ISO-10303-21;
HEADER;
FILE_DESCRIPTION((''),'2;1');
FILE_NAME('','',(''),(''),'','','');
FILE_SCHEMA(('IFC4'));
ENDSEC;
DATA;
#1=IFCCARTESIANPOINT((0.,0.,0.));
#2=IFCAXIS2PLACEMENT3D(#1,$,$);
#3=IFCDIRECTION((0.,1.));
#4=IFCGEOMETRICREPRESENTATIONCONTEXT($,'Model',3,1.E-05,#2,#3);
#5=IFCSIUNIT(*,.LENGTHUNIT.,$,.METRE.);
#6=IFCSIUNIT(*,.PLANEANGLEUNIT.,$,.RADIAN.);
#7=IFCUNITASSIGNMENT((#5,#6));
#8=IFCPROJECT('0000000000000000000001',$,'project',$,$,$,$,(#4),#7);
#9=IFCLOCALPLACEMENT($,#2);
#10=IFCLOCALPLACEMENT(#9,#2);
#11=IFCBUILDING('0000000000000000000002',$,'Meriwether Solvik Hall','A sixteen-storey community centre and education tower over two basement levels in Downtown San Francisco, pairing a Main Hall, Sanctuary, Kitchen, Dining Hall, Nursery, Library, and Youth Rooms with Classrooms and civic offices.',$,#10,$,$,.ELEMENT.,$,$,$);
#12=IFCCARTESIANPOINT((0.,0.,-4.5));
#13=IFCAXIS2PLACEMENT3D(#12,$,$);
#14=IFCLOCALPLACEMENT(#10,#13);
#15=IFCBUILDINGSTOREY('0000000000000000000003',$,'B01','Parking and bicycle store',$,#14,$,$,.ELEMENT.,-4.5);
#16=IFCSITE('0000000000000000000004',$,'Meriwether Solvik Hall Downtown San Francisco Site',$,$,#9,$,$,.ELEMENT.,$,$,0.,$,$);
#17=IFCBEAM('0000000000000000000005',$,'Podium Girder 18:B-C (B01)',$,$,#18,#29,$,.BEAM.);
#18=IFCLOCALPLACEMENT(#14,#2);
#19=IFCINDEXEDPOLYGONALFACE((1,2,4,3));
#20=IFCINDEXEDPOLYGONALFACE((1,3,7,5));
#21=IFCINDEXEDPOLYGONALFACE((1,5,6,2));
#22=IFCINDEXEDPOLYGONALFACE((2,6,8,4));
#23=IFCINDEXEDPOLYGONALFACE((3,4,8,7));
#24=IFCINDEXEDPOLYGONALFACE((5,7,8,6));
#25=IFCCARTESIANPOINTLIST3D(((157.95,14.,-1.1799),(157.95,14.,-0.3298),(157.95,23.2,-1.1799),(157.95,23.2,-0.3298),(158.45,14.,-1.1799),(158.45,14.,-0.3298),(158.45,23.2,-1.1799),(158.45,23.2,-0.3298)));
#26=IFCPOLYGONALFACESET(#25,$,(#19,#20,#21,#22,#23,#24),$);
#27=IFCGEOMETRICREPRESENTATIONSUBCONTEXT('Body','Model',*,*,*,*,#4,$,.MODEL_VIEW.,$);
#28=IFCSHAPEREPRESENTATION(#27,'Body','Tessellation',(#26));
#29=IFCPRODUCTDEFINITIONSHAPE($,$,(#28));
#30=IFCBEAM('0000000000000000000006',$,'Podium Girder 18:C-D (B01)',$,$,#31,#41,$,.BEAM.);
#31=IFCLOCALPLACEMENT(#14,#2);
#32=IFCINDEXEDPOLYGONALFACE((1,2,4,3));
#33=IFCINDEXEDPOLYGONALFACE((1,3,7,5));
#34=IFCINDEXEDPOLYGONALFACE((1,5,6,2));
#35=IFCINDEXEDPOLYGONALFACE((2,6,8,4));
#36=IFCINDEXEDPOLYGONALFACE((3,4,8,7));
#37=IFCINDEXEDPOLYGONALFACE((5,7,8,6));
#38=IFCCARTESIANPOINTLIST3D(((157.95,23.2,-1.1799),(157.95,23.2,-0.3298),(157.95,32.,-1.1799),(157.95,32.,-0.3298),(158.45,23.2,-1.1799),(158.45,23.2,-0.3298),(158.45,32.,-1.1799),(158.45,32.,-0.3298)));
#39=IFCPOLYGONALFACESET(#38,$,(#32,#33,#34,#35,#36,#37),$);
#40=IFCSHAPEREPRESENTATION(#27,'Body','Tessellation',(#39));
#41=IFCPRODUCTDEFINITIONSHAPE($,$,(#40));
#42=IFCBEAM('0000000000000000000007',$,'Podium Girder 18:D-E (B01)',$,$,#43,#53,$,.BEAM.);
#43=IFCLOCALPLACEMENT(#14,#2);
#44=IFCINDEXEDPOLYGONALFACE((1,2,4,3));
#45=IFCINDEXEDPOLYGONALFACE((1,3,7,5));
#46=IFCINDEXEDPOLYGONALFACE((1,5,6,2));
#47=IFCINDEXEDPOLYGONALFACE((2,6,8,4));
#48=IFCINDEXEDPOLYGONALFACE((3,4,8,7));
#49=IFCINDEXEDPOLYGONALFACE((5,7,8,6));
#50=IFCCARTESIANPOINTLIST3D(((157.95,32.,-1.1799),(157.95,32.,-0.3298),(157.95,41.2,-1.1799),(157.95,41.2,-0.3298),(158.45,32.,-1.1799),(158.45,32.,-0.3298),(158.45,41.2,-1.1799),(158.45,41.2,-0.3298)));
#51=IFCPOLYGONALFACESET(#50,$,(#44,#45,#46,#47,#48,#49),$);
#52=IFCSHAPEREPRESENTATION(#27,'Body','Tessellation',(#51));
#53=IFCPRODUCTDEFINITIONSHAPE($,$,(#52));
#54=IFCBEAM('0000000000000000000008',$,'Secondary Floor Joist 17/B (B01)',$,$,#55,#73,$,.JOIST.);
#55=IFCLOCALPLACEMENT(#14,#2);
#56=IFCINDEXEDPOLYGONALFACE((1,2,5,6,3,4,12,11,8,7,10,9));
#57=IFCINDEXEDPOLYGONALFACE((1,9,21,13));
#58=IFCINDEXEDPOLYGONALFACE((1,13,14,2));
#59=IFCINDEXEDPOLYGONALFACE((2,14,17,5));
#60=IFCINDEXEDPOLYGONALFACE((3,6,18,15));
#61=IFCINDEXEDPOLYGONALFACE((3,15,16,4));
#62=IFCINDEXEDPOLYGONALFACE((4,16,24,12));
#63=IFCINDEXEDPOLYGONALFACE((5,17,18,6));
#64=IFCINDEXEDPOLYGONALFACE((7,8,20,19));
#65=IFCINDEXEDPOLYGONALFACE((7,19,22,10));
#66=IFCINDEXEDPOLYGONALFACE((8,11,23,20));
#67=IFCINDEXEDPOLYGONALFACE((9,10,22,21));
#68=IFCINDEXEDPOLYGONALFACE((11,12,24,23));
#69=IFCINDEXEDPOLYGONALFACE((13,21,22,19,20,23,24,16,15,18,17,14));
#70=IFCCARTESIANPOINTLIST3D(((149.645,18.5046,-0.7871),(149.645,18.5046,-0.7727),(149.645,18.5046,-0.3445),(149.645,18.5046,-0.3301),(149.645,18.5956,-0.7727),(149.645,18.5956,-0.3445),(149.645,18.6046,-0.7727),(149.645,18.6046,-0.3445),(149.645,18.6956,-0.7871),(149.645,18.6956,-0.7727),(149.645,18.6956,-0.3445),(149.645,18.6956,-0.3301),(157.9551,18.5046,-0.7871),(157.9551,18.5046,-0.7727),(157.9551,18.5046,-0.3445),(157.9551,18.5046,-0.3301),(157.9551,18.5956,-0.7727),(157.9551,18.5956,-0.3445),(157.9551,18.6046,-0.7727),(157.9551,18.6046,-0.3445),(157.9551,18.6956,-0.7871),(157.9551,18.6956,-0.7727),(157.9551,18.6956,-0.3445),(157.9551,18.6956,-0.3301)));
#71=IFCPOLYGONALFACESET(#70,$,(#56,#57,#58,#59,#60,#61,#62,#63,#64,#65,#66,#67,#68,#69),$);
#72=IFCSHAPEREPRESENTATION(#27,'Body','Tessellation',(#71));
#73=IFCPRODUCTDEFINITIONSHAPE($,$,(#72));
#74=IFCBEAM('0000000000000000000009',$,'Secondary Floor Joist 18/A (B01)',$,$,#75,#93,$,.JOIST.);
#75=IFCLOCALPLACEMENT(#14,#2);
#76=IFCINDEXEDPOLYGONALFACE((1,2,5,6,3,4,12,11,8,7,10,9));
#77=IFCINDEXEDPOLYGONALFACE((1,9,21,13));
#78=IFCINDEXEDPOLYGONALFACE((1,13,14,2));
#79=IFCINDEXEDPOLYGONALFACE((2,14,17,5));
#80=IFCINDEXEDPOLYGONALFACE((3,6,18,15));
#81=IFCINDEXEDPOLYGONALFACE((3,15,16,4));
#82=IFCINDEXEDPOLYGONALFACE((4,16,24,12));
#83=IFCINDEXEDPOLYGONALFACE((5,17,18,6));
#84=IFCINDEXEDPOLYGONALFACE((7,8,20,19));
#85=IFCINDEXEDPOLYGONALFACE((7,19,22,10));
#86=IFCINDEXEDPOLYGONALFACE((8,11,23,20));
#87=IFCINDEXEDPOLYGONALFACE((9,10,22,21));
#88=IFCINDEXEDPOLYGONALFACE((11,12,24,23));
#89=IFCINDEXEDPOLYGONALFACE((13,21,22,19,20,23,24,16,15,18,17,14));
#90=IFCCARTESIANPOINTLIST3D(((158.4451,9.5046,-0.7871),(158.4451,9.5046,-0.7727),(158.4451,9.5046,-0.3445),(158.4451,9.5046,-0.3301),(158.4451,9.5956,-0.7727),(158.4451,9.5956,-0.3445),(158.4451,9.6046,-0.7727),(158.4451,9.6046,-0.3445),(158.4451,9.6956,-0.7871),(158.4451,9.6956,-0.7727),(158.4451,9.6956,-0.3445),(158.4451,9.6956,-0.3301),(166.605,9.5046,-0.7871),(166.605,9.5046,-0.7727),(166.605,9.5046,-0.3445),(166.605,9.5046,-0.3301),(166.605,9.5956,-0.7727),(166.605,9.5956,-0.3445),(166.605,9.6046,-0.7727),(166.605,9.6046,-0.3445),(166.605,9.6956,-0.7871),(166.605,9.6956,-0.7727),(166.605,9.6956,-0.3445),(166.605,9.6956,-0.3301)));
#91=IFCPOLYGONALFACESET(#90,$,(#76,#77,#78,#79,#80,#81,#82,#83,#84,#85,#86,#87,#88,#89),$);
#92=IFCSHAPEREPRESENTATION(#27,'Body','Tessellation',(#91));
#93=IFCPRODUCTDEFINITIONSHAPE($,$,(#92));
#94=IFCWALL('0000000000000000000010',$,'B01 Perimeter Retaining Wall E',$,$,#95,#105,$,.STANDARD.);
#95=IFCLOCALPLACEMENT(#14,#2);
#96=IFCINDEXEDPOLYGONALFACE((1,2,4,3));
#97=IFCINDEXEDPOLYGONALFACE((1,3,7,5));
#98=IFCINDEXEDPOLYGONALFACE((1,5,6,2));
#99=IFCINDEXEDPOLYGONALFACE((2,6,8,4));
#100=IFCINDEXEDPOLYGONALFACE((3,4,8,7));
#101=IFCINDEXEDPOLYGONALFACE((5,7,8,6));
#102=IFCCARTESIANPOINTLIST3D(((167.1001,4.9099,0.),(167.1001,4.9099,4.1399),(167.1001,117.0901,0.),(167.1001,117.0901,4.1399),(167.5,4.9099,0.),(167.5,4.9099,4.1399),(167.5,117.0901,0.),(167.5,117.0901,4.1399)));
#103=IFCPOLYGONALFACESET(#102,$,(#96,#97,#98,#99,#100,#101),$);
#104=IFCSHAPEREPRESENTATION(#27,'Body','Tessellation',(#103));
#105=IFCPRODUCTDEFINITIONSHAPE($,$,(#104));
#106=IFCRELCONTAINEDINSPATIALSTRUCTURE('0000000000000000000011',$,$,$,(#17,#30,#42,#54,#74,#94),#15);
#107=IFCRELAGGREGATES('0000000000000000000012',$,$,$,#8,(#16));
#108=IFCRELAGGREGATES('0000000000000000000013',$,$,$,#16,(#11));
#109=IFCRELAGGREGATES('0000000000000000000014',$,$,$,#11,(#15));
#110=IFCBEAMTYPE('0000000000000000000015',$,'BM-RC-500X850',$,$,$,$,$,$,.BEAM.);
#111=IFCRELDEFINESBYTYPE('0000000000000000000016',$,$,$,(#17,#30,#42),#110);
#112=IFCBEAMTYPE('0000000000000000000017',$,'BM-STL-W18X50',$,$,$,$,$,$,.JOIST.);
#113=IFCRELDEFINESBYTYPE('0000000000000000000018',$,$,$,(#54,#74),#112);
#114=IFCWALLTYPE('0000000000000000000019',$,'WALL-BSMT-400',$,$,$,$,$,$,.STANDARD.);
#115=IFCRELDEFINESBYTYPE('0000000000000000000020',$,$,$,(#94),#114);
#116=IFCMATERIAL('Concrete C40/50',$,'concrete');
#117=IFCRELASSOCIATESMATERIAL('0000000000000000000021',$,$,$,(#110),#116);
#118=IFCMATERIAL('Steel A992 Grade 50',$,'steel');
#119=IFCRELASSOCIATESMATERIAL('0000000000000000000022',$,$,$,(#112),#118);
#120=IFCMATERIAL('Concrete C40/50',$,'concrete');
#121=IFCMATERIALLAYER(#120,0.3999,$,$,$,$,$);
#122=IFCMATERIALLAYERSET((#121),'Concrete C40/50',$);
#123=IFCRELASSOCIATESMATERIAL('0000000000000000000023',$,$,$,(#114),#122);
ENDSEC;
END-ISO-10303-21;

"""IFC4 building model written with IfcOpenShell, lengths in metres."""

from ifc_helpers import new_model, si_unit, direction, frame, frame_2d, origin, origin_2d, place, context, subcontext, project, spatial, rectangle, i_section, extrude, material, layer, layer_set, material_profile, profile_set, type_object, element, save


model = new_model("IFC4")

# Units and contexts
model_context = context("Model", 3, precision=1e-05, world=origin(), true_north=direction((0.0, 1.0)))
body_context = subcontext(model_context, "Body", "Model", "MODEL_VIEW")
ifc_project = project(units=[si_unit("LENGTHUNIT", "METRE"), si_unit("PLANEANGLEUNIT", "RADIAN")], contexts=[model_context])

# Site, building, storey
site_placement = place(None, origin())
site = spatial("IfcSite", under=ifc_project, at=site_placement, Name="Meriwether Solvik Hall Downtown San Francisco Site", CompositionType="ELEMENT", RefElevation=0.0)
building_placement = place(site_placement, origin())
building = spatial("IfcBuilding", under=site, at=building_placement, Name="Meriwether Solvik Hall", Description="A sixteen-storey community centre and education tower over two basement levels in Downtown San Francisco, pairing a Main Hall, Sanctuary, Kitchen, Dining Hall, Nursery, Library, and Youth Rooms with Classrooms and civic offices.", CompositionType="ELEMENT")
storey_placement = place(building_placement, frame((0.0, 0.0, -4.5)))
storey = spatial("IfcBuildingStorey", under=building, at=storey_placement, Name="B01", Description="Parking and bicycle store", CompositionType="ELEMENT", Elevation=-4.5)

# Beams
ifc_material_1 = material(Name="Concrete C40/50", Category="concrete")
ifc_material_profile_1 = material_profile(ifc_material_1, rectangle(XDim=0.5, YDim=0.8501, at=origin_2d()), Name="RCB-500X850")
ifc_profile_set_1 = profile_set([ifc_material_profile_1], Name="Concrete C40/50")
beam_type_1 = type_object("IfcBeamType", Name="BM-RC-500X850", PredefinedType="BEAM", material=ifc_profile_set_1)
beam_1_placement = place(storey_placement, frame((158.2, 14.0, -0.7549), z_axis=(0.0, 1.0, 0.0), x_axis=(-1.0, 0.0, 0.0)))
element("IfcBeam", 1, at=beam_1_placement, inside=storey, type_object=beam_type_1, Name="Podium Girder 18:B-C (B01)", PredefinedType="BEAM", context=body_context, shape_type="SweptSolid", body=[
    extrude(rectangle(XDim=0.5, YDim=0.8501, at=origin_2d()), origin(), (0.0, 0.0, 1.0), 9.2),
])
beam_2_placement = place(storey_placement, frame((158.2, 23.2, -0.7549), z_axis=(0.0, 1.0, 0.0), x_axis=(-1.0, 0.0, 0.0)))
element("IfcBeam", 2, at=beam_2_placement, inside=storey, type_object=beam_type_1, Name="Podium Girder 18:C-D (B01)", PredefinedType="BEAM", context=body_context, shape_type="SweptSolid", body=[
    extrude(rectangle(XDim=0.5, YDim=0.8501, at=origin_2d()), origin(), (0.0, 0.0, 1.0), 8.8),
])
beam_3_placement = place(storey_placement, frame((158.2, 32.0, -0.7549), z_axis=(0.0, 1.0, 0.0), x_axis=(-1.0, 0.0, 0.0)))
element("IfcBeam", 3, at=beam_3_placement, inside=storey, type_object=beam_type_1, Name="Podium Girder 18:D-E (B01)", PredefinedType="BEAM", context=body_context, shape_type="SweptSolid", body=[
    extrude(rectangle(XDim=0.5, YDim=0.8501, at=origin_2d()), origin(), (0.0, 0.0, 1.0), 9.2),
])
ifc_material_2 = material(Name="Steel A992 Grade 50", Category="steel")
ifc_material_profile_2 = material_profile(ifc_material_2, i_section(OverallWidth=0.1909, OverallDepth=0.457, WebThickness=0.009, FlangeThickness=0.0144, at=origin_2d()), Name="W18X50")
ifc_profile_set_2 = profile_set([ifc_material_profile_2], Name="Steel A992 Grade 50")
beam_type_2 = type_object("IfcBeamType", Name="BM-STL-W18X50", PredefinedType="JOIST", material=ifc_profile_set_2)
beam_4_placement = place(storey_placement, frame((149.645, 18.6001, -0.5586), z_axis=(1.0, 0.0, 0.0), x_axis=(0.0, 1.0, 0.0)))
element("IfcBeam", 4, at=beam_4_placement, inside=storey, type_object=beam_type_2, Name="Secondary Floor Joist 17/B (B01)", PredefinedType="JOIST", context=body_context, shape_type="SweptSolid", body=[
    extrude(i_section(OverallWidth=0.1909, OverallDepth=0.457, WebThickness=0.009, FlangeThickness=0.0144, at=origin_2d()), origin(), (0.0, 0.0, 1.0), 8.3101),
])
beam_5_placement = place(storey_placement, frame((158.4451, 9.6001, -0.5586), z_axis=(1.0, 0.0, 0.0), x_axis=(0.0, 1.0, 0.0)))
element("IfcBeam", 5, at=beam_5_placement, inside=storey, type_object=beam_type_2, Name="Secondary Floor Joist 18/A (B01)", PredefinedType="JOIST", context=body_context, shape_type="SweptSolid", body=[
    extrude(i_section(OverallWidth=0.1909, OverallDepth=0.457, WebThickness=0.009, FlangeThickness=0.0144, at=origin_2d()), origin(), (0.0, 0.0, 1.0), 8.1599),
])

# Wall
ifc_material_3 = material(Name="Concrete C40/50", Category="concrete")
ifc_layer = layer(ifc_material_3, 0.3999)
ifc_layer_set = layer_set([ifc_layer], Name="Concrete C40/50")
wall_type = type_object("IfcWallType", Name="WALL-BSMT-400", PredefinedType="STANDARD", material=ifc_layer_set)
wall_placement = place(storey_placement, frame((167.3, 4.9099, 0.0), z_axis=(0.0, 0.0, 1.0), x_axis=(0.0, 1.0, 0.0)))
element("IfcWall", 6, at=wall_placement, inside=storey, type_object=wall_type, Name="B01 Perimeter Retaining Wall E", PredefinedType="STANDARD", context=body_context, shape_type="SweptSolid", body=[
    extrude(rectangle(XDim=112.1802, YDim=0.3999, at=frame_2d((56.0901, 0.0))), origin(), (0.0, 0.0, 1.0), 4.1399),
])

save(model, "model.ifc")
